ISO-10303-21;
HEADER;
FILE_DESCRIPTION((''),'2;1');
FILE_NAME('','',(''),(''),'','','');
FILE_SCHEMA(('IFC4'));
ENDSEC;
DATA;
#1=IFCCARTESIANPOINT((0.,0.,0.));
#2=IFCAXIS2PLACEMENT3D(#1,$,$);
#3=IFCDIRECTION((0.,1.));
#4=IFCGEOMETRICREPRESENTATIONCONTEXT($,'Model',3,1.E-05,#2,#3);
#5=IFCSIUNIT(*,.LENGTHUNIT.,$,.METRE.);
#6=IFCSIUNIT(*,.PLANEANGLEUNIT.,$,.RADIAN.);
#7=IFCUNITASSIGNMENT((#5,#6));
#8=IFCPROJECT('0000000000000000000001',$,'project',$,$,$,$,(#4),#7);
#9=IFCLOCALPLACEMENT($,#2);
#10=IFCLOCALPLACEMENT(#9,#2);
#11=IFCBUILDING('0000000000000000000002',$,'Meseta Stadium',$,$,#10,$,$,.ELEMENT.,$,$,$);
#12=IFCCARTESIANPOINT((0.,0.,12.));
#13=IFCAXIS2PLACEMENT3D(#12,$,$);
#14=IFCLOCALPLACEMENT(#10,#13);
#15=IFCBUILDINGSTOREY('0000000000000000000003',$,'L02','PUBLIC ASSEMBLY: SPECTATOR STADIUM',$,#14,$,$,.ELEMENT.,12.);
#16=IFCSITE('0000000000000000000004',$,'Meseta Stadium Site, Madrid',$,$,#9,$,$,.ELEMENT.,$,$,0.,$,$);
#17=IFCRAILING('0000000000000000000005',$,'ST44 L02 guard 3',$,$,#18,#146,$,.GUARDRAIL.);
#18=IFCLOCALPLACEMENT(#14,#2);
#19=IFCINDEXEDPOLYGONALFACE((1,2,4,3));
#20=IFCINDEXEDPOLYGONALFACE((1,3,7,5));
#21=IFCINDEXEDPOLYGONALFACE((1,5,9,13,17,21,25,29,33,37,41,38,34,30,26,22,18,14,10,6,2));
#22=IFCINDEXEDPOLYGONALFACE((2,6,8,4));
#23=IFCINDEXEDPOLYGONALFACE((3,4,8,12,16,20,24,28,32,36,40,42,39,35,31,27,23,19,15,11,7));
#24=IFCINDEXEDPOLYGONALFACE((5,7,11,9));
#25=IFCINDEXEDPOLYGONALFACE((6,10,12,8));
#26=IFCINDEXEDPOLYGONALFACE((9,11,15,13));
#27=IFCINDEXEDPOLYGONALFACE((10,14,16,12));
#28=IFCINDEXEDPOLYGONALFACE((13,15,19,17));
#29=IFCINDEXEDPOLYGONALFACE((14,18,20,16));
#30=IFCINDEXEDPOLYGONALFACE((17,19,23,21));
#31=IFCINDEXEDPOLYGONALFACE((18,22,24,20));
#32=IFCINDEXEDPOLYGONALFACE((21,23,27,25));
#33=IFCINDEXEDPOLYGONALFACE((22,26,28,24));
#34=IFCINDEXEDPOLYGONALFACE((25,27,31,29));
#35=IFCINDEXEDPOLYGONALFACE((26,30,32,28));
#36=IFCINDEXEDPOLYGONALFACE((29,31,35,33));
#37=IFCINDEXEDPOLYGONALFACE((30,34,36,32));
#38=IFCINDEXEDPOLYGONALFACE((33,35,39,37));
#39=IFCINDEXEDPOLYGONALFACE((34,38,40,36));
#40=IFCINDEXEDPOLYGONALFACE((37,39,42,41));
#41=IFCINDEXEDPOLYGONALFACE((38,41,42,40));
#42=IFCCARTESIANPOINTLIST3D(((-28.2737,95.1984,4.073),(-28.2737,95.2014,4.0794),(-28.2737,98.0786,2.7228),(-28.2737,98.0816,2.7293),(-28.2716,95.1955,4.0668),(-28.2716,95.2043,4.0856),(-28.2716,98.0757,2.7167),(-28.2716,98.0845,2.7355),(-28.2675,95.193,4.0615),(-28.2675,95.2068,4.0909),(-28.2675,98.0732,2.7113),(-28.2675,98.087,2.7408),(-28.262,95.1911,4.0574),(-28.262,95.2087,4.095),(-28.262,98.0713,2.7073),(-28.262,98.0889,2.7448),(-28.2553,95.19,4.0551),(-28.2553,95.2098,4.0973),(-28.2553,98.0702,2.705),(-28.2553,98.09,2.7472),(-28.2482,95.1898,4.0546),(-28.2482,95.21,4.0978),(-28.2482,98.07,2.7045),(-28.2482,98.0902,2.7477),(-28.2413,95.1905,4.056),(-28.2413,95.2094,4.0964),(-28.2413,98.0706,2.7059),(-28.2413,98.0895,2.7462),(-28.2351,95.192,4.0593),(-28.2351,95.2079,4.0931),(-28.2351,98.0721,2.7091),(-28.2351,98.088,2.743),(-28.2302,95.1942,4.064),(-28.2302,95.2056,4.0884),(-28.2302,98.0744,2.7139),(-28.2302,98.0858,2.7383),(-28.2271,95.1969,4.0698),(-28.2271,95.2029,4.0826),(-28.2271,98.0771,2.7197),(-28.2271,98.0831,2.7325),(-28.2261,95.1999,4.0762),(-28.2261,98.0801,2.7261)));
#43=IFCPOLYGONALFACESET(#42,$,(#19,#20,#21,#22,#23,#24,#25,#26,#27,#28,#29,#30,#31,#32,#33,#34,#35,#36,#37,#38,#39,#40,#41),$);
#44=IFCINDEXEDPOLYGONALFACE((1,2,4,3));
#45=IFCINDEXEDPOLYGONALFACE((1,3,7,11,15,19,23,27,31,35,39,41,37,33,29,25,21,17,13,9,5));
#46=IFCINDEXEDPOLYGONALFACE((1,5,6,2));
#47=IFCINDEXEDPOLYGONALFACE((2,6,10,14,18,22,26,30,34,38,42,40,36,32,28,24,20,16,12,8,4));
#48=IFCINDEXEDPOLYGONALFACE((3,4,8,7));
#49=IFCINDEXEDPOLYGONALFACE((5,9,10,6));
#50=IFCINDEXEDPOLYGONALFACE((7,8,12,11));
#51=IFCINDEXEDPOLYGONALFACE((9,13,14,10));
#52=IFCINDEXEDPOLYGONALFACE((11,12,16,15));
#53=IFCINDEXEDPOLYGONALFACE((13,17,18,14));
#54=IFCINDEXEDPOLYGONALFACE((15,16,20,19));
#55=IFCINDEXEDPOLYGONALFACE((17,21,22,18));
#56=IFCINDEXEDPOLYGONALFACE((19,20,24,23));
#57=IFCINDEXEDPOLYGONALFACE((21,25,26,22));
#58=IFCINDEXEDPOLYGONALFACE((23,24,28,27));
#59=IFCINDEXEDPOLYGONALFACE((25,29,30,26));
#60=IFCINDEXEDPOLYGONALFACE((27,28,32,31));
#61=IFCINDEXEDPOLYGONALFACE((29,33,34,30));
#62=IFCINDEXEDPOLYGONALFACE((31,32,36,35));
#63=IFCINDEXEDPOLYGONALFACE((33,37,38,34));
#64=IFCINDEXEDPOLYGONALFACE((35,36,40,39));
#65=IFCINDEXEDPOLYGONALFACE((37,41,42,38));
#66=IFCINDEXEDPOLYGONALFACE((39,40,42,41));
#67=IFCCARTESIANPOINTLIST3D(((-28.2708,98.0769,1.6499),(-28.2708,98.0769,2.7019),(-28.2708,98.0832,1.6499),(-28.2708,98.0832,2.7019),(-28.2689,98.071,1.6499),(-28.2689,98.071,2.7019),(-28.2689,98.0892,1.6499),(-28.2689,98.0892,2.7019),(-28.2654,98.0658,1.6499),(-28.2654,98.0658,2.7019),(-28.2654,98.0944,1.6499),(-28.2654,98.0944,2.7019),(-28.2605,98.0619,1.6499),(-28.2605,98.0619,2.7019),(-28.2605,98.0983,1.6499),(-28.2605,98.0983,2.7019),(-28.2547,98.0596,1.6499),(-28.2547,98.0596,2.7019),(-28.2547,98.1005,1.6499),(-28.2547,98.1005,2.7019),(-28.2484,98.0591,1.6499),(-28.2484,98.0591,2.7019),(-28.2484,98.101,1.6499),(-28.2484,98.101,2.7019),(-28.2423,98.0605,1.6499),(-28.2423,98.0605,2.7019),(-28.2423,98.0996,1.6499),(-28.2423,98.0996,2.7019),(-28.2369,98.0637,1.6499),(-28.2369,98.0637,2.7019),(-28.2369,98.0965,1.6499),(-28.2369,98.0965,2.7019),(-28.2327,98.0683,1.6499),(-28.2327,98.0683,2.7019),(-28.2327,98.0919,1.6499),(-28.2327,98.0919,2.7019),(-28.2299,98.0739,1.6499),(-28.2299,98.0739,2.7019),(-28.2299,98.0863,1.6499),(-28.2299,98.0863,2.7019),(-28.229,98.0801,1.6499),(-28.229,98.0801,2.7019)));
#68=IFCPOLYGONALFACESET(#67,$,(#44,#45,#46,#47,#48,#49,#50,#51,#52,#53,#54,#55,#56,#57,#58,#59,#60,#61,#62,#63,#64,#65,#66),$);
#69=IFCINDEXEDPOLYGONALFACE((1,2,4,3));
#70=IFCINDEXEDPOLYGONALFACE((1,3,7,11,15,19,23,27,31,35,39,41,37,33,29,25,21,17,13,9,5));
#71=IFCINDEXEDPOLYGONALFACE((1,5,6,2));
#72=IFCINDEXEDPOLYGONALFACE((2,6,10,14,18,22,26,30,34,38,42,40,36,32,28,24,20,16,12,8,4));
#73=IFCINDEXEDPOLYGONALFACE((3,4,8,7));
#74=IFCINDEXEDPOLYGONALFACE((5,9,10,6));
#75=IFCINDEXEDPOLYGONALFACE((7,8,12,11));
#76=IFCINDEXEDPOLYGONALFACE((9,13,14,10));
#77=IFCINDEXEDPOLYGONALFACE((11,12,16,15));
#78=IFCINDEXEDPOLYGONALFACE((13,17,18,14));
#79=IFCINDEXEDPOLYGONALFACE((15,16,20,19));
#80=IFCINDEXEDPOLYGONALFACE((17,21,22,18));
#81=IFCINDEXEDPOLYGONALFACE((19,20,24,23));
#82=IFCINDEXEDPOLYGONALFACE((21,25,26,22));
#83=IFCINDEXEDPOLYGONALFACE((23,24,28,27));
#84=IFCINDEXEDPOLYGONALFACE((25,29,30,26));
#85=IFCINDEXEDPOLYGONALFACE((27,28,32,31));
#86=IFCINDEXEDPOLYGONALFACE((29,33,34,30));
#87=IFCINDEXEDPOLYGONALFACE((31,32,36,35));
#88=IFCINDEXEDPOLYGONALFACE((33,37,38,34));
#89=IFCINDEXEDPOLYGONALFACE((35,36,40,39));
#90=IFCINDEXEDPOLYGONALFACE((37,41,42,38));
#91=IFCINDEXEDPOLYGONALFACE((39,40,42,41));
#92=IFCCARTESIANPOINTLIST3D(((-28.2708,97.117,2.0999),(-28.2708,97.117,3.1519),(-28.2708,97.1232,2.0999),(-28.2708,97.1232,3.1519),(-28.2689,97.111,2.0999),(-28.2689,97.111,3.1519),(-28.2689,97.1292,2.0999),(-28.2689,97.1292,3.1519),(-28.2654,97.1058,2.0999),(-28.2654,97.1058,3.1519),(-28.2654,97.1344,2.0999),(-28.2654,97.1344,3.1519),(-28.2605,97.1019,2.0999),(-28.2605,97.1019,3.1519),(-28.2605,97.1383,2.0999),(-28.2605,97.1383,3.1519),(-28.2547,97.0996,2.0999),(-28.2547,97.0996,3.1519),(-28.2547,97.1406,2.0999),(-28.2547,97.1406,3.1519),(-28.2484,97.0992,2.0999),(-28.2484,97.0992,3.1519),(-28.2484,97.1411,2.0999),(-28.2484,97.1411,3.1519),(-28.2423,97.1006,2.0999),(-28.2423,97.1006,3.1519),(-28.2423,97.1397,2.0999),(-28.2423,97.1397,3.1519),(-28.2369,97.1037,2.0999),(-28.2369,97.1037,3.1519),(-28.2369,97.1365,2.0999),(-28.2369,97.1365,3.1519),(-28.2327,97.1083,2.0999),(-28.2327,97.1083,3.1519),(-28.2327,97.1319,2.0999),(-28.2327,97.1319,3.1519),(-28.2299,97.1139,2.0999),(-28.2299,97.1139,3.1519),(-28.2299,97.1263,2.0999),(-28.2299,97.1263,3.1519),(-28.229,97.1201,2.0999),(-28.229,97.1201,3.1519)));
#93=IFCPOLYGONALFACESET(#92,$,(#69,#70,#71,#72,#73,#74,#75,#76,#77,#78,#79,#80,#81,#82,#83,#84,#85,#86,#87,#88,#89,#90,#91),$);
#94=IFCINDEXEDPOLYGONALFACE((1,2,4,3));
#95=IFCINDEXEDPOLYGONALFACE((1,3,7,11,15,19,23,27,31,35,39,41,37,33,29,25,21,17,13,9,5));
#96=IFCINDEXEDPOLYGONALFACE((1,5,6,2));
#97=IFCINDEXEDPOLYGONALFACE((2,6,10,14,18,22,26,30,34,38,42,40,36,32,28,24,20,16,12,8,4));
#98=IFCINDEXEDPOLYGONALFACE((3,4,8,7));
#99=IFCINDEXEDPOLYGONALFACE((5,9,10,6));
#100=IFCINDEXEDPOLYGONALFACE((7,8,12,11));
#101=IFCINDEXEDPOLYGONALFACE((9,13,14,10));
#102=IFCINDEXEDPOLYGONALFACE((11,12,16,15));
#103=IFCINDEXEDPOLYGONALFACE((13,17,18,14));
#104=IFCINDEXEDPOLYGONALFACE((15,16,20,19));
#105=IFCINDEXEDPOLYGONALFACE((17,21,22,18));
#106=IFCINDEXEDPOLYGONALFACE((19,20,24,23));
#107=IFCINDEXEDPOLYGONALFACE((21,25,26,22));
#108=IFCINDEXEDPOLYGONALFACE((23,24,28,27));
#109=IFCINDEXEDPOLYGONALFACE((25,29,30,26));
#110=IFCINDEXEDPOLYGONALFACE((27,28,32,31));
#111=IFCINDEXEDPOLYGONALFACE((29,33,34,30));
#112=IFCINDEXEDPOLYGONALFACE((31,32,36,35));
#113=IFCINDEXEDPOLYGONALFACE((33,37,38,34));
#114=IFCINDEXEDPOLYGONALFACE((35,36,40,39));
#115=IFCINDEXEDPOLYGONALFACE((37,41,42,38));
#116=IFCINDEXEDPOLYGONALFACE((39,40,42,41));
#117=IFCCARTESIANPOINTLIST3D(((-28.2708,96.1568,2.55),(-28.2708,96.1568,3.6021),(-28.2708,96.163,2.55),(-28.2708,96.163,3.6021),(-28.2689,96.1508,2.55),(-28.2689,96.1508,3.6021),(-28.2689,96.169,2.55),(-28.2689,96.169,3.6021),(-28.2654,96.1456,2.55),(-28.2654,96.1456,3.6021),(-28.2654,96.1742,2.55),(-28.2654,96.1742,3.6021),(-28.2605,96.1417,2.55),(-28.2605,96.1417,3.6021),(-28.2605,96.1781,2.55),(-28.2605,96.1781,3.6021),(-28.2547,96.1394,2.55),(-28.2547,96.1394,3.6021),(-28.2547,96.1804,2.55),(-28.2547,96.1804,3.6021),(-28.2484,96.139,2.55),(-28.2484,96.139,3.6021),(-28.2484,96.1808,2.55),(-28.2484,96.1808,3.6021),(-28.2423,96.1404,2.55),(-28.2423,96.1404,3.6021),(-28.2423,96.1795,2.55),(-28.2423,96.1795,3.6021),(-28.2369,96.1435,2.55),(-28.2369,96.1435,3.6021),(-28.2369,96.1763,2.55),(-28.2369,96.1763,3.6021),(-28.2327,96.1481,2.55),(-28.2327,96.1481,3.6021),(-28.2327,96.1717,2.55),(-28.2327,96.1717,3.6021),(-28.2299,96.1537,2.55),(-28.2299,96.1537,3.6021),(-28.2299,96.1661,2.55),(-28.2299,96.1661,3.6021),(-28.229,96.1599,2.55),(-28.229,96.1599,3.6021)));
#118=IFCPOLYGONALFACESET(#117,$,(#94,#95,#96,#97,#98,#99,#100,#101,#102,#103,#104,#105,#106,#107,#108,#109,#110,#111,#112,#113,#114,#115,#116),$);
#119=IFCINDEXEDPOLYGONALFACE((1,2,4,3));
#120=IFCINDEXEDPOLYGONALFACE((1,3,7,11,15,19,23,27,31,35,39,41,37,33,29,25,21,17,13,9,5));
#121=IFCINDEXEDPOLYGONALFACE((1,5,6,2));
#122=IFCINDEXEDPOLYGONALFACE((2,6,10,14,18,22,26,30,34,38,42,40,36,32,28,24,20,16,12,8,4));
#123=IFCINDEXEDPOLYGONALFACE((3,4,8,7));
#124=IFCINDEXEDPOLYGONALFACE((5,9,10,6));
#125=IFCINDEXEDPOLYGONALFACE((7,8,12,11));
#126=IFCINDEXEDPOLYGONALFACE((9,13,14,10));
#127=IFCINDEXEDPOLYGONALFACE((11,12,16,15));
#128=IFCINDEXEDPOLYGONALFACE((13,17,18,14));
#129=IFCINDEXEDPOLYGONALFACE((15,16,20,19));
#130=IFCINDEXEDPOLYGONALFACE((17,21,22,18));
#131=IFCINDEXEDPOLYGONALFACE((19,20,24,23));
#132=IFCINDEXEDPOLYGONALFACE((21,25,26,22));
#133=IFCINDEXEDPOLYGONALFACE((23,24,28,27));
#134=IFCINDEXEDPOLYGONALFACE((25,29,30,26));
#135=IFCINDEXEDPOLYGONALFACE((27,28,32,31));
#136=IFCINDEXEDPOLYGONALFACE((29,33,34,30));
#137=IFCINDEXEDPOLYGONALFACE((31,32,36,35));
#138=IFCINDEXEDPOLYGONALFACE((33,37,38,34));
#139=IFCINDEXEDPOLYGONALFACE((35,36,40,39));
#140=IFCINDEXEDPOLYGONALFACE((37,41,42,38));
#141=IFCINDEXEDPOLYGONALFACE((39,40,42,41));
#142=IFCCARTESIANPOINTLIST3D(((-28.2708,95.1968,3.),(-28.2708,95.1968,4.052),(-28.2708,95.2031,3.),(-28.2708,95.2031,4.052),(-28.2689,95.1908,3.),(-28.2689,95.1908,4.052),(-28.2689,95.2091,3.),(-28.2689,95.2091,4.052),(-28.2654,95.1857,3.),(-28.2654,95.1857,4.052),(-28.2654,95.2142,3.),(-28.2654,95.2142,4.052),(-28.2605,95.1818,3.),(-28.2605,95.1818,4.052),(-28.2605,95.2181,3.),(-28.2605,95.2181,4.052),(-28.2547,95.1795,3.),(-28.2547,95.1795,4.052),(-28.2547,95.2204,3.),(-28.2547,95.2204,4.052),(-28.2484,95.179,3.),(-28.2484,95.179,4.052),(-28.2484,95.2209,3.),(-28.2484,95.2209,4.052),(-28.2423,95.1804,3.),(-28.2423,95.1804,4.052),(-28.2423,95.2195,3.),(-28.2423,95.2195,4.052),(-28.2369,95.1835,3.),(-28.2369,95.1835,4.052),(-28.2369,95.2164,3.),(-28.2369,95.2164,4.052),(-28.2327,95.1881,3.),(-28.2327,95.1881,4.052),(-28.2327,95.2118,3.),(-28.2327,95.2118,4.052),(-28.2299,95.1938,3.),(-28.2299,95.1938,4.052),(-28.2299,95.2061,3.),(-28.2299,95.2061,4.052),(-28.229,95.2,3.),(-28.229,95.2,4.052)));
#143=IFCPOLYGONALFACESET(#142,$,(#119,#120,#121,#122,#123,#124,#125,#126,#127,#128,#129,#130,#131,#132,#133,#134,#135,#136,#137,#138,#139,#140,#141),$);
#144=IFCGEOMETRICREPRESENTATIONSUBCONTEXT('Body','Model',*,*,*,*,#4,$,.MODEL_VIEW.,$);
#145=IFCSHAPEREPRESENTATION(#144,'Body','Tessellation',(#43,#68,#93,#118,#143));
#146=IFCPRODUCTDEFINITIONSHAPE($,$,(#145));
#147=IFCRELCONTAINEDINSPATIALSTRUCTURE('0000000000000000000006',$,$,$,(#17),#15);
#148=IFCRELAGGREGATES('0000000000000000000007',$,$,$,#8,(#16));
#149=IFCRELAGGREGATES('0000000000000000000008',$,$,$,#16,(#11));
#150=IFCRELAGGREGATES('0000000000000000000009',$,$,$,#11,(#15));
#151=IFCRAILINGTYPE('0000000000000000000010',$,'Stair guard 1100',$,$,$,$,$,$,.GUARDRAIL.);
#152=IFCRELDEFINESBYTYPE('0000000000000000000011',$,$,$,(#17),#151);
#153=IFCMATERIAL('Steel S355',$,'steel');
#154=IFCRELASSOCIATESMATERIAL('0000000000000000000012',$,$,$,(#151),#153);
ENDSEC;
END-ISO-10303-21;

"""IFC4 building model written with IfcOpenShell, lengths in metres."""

from ifc_helpers import new_model, si_unit, direction, frame, origin, origin_2d, place, context, subcontext, project, spatial, circle, extrude, material, type_object, element, save


model = new_model("IFC4")

# Units and contexts
model_context = context("Model", 3, precision=1e-05, world=origin(), true_north=direction((0.0, 1.0)))
body_context = subcontext(model_context, "Body", "Model", "MODEL_VIEW")
ifc_project = project(units=[si_unit("LENGTHUNIT", "METRE"), si_unit("PLANEANGLEUNIT", "RADIAN")], contexts=[model_context])

# Site, building, storey
site_placement = place(None, origin())
site = spatial("IfcSite", under=ifc_project, at=site_placement, Name="Meseta Stadium Site, Madrid", CompositionType="ELEMENT", RefElevation=0.0)
building_placement = place(site_placement, origin())
building = spatial("IfcBuilding", under=site, at=building_placement, Name="Meseta Stadium", CompositionType="ELEMENT")
storey_placement = place(building_placement, frame((0.0, 0.0, 12.0)))
storey = spatial("IfcBuildingStorey", under=building, at=storey_placement, Name="L02", Description="PUBLIC ASSEMBLY: SPECTATOR STADIUM", CompositionType="ELEMENT", Elevation=12.0)

# Railing
ifc_material_1 = material(Name="Steel S355", Category="steel")
railing_type_1 = type_object("IfcRailingType", Name="Stair guard 1100", PredefinedType="GUARDRAIL", material=ifc_material_1)
railing_1_placement = place(storey_placement, frame((-28.25, 98.0801, 1.6499)))
element("IfcRailing", 1, at=railing_1_placement, inside=storey, type_object=railing_type_1, Name="ST44 L02 guard 3", PredefinedType="GUARDRAIL", context=body_context, shape_type="SweptSolid", body=[
    extrude(circle(Radius=0.0239, at=origin_2d()), frame((0.0, 0.0, 1.0762), z_axis=(0.0, -0.905454, 0.424444), x_axis=(1.0, 0.0, 0.0)), (0.0, 0.0, 1.0), 3.1809),
    extrude(circle(Radius=0.021, at=origin_2d()), origin(), (0.0, 0.0, 1.0), 1.052),
    extrude(circle(Radius=0.021, at=origin_2d()), frame((0.0, -0.96, 0.45)), (0.0, 0.0, 1.0), 1.052),
    extrude(circle(Radius=0.021, at=origin_2d()), frame((0.0, -1.9202, 0.9001)), (0.0, 0.0, 1.0), 1.052),
    extrude(circle(Radius=0.021, at=origin_2d()), frame((0.0, -2.8801, 1.3501)), (0.0, 0.0, 1.0), 1.052),
])

save(model, "model.ifc")
